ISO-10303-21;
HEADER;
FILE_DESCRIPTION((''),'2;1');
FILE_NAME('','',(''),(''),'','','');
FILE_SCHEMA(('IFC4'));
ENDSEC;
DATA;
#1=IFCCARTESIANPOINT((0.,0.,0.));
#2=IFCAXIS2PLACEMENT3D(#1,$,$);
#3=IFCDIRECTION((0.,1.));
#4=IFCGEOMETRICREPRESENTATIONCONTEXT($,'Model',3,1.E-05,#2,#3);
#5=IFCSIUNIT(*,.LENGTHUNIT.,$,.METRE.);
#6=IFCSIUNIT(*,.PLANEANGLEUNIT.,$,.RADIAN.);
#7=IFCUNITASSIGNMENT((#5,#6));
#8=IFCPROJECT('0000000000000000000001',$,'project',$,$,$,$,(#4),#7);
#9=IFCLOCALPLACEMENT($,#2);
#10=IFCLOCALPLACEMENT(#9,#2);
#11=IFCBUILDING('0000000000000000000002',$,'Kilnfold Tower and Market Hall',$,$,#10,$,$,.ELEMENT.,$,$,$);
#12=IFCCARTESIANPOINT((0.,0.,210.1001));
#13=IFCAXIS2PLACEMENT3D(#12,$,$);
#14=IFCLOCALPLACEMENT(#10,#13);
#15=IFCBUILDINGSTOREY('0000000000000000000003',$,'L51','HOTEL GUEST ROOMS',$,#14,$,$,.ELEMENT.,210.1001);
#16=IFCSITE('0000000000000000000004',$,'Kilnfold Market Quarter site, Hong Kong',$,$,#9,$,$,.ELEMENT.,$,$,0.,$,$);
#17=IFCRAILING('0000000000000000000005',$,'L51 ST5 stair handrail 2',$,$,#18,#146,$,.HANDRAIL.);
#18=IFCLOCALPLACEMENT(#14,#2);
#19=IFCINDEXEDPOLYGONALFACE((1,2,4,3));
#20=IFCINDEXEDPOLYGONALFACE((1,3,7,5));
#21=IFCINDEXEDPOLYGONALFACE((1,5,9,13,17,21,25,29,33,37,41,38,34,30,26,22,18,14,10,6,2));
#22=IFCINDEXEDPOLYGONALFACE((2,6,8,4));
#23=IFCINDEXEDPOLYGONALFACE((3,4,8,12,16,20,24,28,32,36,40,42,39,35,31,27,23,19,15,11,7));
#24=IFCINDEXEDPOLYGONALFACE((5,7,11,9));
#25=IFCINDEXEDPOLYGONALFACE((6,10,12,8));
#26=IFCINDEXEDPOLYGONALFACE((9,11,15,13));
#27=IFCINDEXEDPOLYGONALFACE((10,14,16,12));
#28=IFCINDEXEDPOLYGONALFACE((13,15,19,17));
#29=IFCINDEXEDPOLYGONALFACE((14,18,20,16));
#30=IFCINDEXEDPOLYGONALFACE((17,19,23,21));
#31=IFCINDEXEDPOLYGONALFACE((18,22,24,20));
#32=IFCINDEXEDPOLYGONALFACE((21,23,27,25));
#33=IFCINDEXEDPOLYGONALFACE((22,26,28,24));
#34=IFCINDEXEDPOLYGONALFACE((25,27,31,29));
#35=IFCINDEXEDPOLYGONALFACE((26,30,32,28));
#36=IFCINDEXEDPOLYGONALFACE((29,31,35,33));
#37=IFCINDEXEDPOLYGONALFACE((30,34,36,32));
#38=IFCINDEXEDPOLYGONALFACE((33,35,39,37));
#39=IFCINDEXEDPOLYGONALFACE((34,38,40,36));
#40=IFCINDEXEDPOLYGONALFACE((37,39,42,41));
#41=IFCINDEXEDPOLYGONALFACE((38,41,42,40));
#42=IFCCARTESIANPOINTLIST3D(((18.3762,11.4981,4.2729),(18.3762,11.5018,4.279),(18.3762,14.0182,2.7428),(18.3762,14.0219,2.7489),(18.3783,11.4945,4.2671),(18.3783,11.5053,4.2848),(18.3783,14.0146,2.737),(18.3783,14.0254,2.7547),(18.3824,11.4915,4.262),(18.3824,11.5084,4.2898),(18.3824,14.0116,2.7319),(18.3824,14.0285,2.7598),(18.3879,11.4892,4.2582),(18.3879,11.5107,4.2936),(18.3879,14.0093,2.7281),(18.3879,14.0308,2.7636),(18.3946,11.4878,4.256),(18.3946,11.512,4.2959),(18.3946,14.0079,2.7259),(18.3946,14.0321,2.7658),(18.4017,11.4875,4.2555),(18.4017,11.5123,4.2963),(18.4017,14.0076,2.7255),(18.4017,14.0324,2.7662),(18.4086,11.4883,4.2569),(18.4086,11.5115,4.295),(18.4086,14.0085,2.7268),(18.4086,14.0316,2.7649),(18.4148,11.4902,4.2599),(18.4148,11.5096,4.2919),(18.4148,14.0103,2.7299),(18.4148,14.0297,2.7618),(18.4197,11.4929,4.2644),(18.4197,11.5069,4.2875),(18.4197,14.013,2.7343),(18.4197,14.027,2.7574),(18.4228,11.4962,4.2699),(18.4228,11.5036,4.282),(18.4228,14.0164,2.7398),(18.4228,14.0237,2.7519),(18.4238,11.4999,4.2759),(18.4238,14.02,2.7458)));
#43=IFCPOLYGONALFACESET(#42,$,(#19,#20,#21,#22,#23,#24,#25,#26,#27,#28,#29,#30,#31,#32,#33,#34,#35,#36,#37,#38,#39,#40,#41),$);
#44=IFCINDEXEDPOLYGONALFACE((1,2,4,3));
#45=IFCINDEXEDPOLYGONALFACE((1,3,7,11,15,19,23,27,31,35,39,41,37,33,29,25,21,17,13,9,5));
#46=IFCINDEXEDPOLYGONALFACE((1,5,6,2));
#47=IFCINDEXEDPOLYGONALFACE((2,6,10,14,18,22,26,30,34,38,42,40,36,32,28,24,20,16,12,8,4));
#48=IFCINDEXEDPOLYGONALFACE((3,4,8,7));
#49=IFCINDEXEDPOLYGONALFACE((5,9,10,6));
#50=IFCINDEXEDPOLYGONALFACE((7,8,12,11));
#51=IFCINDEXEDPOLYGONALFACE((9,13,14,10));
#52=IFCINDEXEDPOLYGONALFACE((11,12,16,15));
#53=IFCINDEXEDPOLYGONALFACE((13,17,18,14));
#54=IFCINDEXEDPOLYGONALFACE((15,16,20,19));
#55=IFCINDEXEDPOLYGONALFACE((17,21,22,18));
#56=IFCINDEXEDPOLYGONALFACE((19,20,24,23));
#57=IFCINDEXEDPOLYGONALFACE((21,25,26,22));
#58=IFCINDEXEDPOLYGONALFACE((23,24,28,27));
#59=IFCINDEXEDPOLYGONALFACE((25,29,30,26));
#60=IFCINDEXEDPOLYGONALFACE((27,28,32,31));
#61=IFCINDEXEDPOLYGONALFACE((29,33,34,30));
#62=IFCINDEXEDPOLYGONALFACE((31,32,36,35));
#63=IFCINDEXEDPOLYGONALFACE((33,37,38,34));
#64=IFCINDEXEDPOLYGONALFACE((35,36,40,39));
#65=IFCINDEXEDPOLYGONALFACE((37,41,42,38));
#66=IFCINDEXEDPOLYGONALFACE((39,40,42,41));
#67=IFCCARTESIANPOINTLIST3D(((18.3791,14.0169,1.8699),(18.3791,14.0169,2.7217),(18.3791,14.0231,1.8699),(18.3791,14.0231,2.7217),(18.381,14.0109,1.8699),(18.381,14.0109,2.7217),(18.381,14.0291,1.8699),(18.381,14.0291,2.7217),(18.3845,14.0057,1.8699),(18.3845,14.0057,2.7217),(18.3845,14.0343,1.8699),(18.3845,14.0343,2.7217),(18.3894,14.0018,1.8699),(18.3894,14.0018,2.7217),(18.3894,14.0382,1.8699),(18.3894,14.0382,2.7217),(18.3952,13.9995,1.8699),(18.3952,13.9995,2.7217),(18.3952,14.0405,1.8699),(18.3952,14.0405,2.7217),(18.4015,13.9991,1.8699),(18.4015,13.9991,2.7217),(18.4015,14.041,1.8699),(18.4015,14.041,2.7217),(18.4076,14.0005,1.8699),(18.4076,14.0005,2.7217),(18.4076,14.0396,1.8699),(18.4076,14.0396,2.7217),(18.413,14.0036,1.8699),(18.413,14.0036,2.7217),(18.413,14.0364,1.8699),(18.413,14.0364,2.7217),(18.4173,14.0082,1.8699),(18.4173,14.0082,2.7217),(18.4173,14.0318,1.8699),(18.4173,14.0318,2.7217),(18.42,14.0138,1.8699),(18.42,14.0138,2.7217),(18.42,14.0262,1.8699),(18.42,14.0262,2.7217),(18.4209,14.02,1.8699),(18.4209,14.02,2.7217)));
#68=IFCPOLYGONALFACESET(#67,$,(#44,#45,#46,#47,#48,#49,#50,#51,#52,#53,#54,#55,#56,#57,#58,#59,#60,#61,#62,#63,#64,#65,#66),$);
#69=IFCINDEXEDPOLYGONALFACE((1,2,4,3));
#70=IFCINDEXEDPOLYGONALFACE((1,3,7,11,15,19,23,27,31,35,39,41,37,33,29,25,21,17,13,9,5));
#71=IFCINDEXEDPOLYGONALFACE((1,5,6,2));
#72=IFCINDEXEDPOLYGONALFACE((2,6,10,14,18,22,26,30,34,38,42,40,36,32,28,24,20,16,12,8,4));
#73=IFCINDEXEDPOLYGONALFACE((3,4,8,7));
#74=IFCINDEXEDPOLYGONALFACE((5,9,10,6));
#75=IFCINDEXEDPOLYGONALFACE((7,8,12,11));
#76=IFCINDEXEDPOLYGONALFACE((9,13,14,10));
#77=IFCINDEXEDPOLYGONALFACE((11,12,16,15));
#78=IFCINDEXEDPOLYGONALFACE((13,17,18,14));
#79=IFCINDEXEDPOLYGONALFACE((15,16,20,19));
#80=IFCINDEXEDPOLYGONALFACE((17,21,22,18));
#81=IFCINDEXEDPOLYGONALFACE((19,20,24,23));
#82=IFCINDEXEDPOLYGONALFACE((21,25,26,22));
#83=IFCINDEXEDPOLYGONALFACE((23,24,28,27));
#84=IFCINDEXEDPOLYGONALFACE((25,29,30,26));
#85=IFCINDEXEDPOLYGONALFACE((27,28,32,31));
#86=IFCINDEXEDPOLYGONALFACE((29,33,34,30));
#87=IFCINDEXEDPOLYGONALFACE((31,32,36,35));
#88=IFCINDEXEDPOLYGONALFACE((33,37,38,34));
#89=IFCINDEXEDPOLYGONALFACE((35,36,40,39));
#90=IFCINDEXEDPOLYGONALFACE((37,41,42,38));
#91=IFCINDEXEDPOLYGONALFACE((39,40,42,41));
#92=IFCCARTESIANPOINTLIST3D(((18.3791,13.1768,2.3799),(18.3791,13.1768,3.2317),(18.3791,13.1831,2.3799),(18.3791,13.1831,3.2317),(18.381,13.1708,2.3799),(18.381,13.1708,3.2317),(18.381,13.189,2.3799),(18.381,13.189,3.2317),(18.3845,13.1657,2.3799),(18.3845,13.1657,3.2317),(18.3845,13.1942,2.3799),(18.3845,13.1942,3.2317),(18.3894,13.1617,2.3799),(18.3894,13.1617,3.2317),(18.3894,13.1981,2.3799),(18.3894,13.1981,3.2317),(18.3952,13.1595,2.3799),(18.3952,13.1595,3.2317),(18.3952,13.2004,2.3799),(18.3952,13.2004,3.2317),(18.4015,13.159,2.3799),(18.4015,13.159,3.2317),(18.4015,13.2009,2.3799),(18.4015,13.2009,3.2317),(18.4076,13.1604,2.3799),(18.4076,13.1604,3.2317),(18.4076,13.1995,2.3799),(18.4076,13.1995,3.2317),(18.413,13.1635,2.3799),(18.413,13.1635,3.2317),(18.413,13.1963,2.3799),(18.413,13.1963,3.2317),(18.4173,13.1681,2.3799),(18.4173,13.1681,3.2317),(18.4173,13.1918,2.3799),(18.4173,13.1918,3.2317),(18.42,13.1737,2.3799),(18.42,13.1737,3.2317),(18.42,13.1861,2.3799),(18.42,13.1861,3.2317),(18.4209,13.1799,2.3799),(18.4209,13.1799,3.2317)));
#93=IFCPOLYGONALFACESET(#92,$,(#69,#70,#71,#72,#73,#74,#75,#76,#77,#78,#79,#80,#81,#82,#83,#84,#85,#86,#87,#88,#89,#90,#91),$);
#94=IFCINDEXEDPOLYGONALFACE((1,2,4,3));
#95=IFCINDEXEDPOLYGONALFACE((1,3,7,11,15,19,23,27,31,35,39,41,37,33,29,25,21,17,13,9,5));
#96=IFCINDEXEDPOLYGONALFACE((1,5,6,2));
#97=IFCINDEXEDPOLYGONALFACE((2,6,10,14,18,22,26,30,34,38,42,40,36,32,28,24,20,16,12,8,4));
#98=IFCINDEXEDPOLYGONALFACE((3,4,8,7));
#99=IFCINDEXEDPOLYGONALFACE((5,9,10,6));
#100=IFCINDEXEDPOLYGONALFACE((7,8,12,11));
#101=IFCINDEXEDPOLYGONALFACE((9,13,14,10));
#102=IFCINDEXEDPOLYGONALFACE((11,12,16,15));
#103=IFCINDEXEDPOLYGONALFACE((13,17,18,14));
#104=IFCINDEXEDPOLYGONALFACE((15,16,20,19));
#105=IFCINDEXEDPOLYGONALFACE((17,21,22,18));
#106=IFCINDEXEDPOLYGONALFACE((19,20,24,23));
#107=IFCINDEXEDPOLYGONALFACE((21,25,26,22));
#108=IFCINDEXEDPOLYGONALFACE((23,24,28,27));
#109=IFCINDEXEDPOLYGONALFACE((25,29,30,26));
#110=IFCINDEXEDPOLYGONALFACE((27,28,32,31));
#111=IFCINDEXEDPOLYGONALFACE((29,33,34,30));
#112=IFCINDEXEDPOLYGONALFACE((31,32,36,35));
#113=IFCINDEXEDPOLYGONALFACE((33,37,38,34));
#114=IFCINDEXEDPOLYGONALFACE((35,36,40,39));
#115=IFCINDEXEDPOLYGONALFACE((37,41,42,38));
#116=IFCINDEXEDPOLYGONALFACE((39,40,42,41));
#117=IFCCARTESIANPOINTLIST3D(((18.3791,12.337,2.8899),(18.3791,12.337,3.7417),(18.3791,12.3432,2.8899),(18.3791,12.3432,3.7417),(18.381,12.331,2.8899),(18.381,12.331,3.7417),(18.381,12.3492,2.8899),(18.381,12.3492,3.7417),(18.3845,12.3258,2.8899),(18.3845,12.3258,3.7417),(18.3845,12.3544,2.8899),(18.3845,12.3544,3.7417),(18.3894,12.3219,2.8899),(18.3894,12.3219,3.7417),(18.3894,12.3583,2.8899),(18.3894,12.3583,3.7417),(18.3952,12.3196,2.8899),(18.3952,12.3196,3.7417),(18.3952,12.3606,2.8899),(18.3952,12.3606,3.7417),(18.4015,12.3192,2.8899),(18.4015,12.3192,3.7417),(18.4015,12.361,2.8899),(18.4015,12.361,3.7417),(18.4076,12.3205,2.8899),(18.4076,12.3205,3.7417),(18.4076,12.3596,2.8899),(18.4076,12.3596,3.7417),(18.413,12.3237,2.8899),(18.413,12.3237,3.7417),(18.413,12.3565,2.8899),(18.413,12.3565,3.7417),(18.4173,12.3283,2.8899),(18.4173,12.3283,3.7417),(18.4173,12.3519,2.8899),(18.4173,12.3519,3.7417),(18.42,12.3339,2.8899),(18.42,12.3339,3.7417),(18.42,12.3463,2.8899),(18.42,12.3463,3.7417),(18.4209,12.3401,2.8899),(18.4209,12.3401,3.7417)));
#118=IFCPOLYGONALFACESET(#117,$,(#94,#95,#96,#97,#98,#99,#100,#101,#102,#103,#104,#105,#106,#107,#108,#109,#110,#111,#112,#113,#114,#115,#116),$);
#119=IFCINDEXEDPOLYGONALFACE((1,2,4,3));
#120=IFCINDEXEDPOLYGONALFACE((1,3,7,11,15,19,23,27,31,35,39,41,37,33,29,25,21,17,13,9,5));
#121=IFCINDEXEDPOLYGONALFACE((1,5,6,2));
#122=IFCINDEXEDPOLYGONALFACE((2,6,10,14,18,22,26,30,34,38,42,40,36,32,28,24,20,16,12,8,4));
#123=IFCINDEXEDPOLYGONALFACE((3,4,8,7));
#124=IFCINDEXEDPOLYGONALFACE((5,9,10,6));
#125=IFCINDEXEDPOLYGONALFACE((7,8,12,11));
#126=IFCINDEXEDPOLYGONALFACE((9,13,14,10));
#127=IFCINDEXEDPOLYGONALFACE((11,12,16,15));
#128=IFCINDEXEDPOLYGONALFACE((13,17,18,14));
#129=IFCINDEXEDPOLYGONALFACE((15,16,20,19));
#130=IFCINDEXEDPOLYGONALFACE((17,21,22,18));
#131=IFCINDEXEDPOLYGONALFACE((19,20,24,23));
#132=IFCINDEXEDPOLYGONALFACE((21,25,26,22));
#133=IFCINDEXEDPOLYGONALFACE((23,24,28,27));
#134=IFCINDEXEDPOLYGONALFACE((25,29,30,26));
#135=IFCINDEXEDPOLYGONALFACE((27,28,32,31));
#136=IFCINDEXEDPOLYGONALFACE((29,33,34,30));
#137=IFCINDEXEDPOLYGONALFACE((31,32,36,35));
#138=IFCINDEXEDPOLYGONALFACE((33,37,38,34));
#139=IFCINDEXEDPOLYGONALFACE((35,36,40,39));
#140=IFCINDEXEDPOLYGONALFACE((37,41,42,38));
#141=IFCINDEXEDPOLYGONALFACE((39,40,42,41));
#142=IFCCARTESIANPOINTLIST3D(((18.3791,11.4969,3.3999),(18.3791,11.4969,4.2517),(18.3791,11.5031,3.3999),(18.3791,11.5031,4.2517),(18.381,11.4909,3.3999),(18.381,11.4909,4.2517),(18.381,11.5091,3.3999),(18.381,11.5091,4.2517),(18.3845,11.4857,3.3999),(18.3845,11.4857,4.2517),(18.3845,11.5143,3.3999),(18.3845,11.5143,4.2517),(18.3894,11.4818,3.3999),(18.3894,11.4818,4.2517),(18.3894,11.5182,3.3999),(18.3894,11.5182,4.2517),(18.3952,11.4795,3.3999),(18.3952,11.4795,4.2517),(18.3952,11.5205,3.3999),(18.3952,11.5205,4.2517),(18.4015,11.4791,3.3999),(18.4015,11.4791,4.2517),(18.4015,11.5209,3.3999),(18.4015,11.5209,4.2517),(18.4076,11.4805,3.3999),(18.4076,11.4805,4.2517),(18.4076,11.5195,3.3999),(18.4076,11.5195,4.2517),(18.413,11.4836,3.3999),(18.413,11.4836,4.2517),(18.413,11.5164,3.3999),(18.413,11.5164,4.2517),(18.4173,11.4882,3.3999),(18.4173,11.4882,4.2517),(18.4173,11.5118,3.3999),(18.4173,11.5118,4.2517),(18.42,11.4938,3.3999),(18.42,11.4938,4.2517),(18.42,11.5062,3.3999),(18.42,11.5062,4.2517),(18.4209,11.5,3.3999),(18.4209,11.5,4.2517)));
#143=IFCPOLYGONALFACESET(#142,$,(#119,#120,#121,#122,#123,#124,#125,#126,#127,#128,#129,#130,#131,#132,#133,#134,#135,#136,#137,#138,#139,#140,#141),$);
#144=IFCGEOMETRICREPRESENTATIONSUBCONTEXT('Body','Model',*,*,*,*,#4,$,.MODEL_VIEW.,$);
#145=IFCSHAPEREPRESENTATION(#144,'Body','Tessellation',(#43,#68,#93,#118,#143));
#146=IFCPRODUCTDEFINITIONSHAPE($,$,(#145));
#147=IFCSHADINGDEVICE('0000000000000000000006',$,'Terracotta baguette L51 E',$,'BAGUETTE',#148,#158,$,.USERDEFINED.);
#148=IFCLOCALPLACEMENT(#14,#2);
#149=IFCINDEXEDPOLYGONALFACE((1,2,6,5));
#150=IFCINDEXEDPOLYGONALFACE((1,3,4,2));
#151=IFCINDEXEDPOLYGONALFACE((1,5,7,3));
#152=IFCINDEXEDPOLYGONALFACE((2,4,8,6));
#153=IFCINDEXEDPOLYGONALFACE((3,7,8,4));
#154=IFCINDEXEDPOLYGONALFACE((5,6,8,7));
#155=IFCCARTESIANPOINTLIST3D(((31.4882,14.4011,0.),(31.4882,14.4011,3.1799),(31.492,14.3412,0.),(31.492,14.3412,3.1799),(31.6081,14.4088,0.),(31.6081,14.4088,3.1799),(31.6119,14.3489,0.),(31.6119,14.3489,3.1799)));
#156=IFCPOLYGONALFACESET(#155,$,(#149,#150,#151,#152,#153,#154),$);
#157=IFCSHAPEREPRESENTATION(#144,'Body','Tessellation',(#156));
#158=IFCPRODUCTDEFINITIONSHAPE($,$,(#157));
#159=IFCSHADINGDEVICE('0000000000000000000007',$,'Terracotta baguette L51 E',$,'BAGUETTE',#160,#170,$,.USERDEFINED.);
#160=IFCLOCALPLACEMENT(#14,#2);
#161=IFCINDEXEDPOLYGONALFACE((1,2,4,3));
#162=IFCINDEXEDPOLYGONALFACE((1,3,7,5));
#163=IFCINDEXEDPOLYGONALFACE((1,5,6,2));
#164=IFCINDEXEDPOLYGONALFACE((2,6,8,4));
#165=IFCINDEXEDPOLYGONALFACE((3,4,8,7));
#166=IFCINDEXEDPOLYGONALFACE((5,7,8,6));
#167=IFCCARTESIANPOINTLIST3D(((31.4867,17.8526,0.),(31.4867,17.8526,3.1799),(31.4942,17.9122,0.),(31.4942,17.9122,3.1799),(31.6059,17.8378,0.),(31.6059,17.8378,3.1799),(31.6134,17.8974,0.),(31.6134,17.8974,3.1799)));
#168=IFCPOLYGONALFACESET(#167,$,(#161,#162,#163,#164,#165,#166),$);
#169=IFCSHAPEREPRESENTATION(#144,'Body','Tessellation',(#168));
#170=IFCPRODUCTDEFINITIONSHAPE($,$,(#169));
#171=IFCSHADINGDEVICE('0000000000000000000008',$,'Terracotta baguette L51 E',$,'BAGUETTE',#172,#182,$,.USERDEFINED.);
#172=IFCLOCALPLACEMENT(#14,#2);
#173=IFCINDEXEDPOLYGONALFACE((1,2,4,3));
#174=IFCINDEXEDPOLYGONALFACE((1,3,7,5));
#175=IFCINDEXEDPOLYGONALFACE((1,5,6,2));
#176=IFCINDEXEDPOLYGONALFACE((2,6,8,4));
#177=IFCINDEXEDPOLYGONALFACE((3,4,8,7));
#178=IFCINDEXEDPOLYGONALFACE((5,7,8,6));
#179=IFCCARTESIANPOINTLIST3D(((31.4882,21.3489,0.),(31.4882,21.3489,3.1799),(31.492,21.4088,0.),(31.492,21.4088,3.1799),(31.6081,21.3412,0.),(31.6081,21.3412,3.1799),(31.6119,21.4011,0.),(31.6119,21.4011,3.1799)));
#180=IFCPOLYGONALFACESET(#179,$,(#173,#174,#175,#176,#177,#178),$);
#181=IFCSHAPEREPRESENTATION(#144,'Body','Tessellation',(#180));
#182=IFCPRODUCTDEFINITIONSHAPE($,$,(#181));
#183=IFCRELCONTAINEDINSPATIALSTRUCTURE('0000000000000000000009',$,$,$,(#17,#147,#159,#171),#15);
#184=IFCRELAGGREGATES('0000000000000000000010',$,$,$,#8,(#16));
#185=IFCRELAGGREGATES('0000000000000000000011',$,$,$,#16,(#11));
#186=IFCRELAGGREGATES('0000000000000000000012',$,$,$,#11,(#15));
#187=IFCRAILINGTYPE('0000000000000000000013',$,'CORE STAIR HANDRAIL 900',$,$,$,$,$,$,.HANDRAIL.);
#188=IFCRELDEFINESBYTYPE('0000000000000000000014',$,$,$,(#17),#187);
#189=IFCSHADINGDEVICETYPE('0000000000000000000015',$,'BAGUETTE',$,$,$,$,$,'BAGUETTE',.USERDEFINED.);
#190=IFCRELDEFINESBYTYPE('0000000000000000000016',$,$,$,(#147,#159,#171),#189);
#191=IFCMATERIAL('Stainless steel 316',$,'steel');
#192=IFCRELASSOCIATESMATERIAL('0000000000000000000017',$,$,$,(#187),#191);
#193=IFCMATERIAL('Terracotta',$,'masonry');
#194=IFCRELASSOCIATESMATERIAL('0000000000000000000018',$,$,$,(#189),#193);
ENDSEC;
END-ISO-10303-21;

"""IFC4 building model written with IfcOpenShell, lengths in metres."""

from ifc_helpers import new_model, si_unit, direction, frame, origin, origin_2d, place, context, subcontext, project, spatial, rectangle, circle, extrude, source, transform, mapped, material, material_profile, profile_set, type_object, element, save


model = new_model("IFC4")

# Units and contexts
model_context = context("Model", 3, precision=1e-05, world=origin(), true_north=direction((0.0, 1.0)))
body_context = subcontext(model_context, "Body", "Model", "MODEL_VIEW")
ifc_project = project(units=[si_unit("LENGTHUNIT", "METRE"), si_unit("PLANEANGLEUNIT", "RADIAN")], contexts=[model_context])

# Site, building, storey
site_placement = place(None, origin())
site = spatial("IfcSite", under=ifc_project, at=site_placement, Name="Kilnfold Market Quarter site, Hong Kong", CompositionType="ELEMENT", RefElevation=0.0)
building_placement = place(site_placement, origin())
building = spatial("IfcBuilding", under=site, at=building_placement, Name="Kilnfold Tower and Market Hall", CompositionType="ELEMENT")
storey_placement = place(building_placement, frame((0.0, 0.0, 210.1001)))
storey = spatial("IfcBuildingStorey", under=building, at=storey_placement, Name="L51", Description="HOTEL GUEST ROOMS", CompositionType="ELEMENT", Elevation=210.1001)

# Railing
ifc_material_1 = material(Name="Stainless steel 316", Category="steel")
railing_type = type_object("IfcRailingType", Name="CORE STAIR HANDRAIL 900", PredefinedType="HANDRAIL", material=ifc_material_1)
railing_placement = place(storey_placement, frame((18.3999, 14.02, 1.8699)))
element("IfcRailing", 1, at=railing_placement, inside=storey, type_object=railing_type, Name="L51 ST5 stair handrail 2", PredefinedType="HANDRAIL", context=body_context, shape_type="SweptSolid", body=[
    extrude(circle(Radius=0.0239, at=origin_2d()), frame((0.0, 0.0, 0.876), z_axis=(0.0, -0.854785, 0.518982), x_axis=(1.0, 0.0, 0.0)), (0.0, 0.0, 1.0), 2.9482),
    extrude(circle(Radius=0.021, at=origin_2d()), origin(), (0.0, 0.0, 1.0), 0.8518),
    extrude(circle(Radius=0.021, at=origin_2d()), frame((0.0, -0.8401, 0.51)), (0.0, 0.0, 1.0), 0.8518),
    extrude(circle(Radius=0.021, at=origin_2d()), frame((0.0, -1.6799, 1.02)), (0.0, 0.0, 1.0), 0.8518),
    extrude(circle(Radius=0.021, at=origin_2d()), frame((0.0, -2.52, 1.53)), (0.0, 0.0, 1.0), 0.8518),
])

# Shading devices
ifc_material_2 = material(Name="Terracotta", Category="masonry")
ifc_material_profile_1 = material_profile(ifc_material_2, rectangle(XDim=0.0601, YDim=0.1201, at=origin_2d()), Name="BAG 60x120")
ifc_profile_set_1 = profile_set([ifc_material_profile_1], Name="Terracotta")
shading_device_type = type_object("IfcShadingDeviceType", Name="BAGUETTE", ElementType="BAGUETTE", PredefinedType="USERDEFINED", material=ifc_profile_set_1)
shared_shape_1 = source(origin(), body_context, "Body", "SweptSolid", [
    extrude(rectangle(XDim=0.0601, YDim=0.1201, at=origin_2d()), origin(), (0.0, 0.0, 1.0), 3.1799),
])
for number, where, z_axis, x_axis, name in (
    (2, (31.55, 14.375, 0.0), (0.0, 0.0, 1.0), (-0.063862, 0.997959, 0.0), "Terracotta baguette L51 E"),
    (3, (31.55, 17.875, 0.0), (0.0, 0.0, 1.0), (0.123825, 0.992304, 0.0), "Terracotta baguette L51 E"),
    (4, (31.55, 21.375, 0.0), (0.0, 0.0, 1.0), (0.063862, 0.997959, 0.0), "Terracotta baguette L51 E"),
):
    element("IfcShadingDevice", number, at=place(storey_placement, frame(where, z_axis=z_axis, x_axis=x_axis)), inside=storey, type_object=shading_device_type, Name=name, ObjectType="BAGUETTE", PredefinedType="USERDEFINED", context=body_context, shape_type="MappedRepresentation", body=[
        mapped(shared_shape_1, transform((0.0, 0.0, 0.0))),
    ])

save(model, "model.ifc")
